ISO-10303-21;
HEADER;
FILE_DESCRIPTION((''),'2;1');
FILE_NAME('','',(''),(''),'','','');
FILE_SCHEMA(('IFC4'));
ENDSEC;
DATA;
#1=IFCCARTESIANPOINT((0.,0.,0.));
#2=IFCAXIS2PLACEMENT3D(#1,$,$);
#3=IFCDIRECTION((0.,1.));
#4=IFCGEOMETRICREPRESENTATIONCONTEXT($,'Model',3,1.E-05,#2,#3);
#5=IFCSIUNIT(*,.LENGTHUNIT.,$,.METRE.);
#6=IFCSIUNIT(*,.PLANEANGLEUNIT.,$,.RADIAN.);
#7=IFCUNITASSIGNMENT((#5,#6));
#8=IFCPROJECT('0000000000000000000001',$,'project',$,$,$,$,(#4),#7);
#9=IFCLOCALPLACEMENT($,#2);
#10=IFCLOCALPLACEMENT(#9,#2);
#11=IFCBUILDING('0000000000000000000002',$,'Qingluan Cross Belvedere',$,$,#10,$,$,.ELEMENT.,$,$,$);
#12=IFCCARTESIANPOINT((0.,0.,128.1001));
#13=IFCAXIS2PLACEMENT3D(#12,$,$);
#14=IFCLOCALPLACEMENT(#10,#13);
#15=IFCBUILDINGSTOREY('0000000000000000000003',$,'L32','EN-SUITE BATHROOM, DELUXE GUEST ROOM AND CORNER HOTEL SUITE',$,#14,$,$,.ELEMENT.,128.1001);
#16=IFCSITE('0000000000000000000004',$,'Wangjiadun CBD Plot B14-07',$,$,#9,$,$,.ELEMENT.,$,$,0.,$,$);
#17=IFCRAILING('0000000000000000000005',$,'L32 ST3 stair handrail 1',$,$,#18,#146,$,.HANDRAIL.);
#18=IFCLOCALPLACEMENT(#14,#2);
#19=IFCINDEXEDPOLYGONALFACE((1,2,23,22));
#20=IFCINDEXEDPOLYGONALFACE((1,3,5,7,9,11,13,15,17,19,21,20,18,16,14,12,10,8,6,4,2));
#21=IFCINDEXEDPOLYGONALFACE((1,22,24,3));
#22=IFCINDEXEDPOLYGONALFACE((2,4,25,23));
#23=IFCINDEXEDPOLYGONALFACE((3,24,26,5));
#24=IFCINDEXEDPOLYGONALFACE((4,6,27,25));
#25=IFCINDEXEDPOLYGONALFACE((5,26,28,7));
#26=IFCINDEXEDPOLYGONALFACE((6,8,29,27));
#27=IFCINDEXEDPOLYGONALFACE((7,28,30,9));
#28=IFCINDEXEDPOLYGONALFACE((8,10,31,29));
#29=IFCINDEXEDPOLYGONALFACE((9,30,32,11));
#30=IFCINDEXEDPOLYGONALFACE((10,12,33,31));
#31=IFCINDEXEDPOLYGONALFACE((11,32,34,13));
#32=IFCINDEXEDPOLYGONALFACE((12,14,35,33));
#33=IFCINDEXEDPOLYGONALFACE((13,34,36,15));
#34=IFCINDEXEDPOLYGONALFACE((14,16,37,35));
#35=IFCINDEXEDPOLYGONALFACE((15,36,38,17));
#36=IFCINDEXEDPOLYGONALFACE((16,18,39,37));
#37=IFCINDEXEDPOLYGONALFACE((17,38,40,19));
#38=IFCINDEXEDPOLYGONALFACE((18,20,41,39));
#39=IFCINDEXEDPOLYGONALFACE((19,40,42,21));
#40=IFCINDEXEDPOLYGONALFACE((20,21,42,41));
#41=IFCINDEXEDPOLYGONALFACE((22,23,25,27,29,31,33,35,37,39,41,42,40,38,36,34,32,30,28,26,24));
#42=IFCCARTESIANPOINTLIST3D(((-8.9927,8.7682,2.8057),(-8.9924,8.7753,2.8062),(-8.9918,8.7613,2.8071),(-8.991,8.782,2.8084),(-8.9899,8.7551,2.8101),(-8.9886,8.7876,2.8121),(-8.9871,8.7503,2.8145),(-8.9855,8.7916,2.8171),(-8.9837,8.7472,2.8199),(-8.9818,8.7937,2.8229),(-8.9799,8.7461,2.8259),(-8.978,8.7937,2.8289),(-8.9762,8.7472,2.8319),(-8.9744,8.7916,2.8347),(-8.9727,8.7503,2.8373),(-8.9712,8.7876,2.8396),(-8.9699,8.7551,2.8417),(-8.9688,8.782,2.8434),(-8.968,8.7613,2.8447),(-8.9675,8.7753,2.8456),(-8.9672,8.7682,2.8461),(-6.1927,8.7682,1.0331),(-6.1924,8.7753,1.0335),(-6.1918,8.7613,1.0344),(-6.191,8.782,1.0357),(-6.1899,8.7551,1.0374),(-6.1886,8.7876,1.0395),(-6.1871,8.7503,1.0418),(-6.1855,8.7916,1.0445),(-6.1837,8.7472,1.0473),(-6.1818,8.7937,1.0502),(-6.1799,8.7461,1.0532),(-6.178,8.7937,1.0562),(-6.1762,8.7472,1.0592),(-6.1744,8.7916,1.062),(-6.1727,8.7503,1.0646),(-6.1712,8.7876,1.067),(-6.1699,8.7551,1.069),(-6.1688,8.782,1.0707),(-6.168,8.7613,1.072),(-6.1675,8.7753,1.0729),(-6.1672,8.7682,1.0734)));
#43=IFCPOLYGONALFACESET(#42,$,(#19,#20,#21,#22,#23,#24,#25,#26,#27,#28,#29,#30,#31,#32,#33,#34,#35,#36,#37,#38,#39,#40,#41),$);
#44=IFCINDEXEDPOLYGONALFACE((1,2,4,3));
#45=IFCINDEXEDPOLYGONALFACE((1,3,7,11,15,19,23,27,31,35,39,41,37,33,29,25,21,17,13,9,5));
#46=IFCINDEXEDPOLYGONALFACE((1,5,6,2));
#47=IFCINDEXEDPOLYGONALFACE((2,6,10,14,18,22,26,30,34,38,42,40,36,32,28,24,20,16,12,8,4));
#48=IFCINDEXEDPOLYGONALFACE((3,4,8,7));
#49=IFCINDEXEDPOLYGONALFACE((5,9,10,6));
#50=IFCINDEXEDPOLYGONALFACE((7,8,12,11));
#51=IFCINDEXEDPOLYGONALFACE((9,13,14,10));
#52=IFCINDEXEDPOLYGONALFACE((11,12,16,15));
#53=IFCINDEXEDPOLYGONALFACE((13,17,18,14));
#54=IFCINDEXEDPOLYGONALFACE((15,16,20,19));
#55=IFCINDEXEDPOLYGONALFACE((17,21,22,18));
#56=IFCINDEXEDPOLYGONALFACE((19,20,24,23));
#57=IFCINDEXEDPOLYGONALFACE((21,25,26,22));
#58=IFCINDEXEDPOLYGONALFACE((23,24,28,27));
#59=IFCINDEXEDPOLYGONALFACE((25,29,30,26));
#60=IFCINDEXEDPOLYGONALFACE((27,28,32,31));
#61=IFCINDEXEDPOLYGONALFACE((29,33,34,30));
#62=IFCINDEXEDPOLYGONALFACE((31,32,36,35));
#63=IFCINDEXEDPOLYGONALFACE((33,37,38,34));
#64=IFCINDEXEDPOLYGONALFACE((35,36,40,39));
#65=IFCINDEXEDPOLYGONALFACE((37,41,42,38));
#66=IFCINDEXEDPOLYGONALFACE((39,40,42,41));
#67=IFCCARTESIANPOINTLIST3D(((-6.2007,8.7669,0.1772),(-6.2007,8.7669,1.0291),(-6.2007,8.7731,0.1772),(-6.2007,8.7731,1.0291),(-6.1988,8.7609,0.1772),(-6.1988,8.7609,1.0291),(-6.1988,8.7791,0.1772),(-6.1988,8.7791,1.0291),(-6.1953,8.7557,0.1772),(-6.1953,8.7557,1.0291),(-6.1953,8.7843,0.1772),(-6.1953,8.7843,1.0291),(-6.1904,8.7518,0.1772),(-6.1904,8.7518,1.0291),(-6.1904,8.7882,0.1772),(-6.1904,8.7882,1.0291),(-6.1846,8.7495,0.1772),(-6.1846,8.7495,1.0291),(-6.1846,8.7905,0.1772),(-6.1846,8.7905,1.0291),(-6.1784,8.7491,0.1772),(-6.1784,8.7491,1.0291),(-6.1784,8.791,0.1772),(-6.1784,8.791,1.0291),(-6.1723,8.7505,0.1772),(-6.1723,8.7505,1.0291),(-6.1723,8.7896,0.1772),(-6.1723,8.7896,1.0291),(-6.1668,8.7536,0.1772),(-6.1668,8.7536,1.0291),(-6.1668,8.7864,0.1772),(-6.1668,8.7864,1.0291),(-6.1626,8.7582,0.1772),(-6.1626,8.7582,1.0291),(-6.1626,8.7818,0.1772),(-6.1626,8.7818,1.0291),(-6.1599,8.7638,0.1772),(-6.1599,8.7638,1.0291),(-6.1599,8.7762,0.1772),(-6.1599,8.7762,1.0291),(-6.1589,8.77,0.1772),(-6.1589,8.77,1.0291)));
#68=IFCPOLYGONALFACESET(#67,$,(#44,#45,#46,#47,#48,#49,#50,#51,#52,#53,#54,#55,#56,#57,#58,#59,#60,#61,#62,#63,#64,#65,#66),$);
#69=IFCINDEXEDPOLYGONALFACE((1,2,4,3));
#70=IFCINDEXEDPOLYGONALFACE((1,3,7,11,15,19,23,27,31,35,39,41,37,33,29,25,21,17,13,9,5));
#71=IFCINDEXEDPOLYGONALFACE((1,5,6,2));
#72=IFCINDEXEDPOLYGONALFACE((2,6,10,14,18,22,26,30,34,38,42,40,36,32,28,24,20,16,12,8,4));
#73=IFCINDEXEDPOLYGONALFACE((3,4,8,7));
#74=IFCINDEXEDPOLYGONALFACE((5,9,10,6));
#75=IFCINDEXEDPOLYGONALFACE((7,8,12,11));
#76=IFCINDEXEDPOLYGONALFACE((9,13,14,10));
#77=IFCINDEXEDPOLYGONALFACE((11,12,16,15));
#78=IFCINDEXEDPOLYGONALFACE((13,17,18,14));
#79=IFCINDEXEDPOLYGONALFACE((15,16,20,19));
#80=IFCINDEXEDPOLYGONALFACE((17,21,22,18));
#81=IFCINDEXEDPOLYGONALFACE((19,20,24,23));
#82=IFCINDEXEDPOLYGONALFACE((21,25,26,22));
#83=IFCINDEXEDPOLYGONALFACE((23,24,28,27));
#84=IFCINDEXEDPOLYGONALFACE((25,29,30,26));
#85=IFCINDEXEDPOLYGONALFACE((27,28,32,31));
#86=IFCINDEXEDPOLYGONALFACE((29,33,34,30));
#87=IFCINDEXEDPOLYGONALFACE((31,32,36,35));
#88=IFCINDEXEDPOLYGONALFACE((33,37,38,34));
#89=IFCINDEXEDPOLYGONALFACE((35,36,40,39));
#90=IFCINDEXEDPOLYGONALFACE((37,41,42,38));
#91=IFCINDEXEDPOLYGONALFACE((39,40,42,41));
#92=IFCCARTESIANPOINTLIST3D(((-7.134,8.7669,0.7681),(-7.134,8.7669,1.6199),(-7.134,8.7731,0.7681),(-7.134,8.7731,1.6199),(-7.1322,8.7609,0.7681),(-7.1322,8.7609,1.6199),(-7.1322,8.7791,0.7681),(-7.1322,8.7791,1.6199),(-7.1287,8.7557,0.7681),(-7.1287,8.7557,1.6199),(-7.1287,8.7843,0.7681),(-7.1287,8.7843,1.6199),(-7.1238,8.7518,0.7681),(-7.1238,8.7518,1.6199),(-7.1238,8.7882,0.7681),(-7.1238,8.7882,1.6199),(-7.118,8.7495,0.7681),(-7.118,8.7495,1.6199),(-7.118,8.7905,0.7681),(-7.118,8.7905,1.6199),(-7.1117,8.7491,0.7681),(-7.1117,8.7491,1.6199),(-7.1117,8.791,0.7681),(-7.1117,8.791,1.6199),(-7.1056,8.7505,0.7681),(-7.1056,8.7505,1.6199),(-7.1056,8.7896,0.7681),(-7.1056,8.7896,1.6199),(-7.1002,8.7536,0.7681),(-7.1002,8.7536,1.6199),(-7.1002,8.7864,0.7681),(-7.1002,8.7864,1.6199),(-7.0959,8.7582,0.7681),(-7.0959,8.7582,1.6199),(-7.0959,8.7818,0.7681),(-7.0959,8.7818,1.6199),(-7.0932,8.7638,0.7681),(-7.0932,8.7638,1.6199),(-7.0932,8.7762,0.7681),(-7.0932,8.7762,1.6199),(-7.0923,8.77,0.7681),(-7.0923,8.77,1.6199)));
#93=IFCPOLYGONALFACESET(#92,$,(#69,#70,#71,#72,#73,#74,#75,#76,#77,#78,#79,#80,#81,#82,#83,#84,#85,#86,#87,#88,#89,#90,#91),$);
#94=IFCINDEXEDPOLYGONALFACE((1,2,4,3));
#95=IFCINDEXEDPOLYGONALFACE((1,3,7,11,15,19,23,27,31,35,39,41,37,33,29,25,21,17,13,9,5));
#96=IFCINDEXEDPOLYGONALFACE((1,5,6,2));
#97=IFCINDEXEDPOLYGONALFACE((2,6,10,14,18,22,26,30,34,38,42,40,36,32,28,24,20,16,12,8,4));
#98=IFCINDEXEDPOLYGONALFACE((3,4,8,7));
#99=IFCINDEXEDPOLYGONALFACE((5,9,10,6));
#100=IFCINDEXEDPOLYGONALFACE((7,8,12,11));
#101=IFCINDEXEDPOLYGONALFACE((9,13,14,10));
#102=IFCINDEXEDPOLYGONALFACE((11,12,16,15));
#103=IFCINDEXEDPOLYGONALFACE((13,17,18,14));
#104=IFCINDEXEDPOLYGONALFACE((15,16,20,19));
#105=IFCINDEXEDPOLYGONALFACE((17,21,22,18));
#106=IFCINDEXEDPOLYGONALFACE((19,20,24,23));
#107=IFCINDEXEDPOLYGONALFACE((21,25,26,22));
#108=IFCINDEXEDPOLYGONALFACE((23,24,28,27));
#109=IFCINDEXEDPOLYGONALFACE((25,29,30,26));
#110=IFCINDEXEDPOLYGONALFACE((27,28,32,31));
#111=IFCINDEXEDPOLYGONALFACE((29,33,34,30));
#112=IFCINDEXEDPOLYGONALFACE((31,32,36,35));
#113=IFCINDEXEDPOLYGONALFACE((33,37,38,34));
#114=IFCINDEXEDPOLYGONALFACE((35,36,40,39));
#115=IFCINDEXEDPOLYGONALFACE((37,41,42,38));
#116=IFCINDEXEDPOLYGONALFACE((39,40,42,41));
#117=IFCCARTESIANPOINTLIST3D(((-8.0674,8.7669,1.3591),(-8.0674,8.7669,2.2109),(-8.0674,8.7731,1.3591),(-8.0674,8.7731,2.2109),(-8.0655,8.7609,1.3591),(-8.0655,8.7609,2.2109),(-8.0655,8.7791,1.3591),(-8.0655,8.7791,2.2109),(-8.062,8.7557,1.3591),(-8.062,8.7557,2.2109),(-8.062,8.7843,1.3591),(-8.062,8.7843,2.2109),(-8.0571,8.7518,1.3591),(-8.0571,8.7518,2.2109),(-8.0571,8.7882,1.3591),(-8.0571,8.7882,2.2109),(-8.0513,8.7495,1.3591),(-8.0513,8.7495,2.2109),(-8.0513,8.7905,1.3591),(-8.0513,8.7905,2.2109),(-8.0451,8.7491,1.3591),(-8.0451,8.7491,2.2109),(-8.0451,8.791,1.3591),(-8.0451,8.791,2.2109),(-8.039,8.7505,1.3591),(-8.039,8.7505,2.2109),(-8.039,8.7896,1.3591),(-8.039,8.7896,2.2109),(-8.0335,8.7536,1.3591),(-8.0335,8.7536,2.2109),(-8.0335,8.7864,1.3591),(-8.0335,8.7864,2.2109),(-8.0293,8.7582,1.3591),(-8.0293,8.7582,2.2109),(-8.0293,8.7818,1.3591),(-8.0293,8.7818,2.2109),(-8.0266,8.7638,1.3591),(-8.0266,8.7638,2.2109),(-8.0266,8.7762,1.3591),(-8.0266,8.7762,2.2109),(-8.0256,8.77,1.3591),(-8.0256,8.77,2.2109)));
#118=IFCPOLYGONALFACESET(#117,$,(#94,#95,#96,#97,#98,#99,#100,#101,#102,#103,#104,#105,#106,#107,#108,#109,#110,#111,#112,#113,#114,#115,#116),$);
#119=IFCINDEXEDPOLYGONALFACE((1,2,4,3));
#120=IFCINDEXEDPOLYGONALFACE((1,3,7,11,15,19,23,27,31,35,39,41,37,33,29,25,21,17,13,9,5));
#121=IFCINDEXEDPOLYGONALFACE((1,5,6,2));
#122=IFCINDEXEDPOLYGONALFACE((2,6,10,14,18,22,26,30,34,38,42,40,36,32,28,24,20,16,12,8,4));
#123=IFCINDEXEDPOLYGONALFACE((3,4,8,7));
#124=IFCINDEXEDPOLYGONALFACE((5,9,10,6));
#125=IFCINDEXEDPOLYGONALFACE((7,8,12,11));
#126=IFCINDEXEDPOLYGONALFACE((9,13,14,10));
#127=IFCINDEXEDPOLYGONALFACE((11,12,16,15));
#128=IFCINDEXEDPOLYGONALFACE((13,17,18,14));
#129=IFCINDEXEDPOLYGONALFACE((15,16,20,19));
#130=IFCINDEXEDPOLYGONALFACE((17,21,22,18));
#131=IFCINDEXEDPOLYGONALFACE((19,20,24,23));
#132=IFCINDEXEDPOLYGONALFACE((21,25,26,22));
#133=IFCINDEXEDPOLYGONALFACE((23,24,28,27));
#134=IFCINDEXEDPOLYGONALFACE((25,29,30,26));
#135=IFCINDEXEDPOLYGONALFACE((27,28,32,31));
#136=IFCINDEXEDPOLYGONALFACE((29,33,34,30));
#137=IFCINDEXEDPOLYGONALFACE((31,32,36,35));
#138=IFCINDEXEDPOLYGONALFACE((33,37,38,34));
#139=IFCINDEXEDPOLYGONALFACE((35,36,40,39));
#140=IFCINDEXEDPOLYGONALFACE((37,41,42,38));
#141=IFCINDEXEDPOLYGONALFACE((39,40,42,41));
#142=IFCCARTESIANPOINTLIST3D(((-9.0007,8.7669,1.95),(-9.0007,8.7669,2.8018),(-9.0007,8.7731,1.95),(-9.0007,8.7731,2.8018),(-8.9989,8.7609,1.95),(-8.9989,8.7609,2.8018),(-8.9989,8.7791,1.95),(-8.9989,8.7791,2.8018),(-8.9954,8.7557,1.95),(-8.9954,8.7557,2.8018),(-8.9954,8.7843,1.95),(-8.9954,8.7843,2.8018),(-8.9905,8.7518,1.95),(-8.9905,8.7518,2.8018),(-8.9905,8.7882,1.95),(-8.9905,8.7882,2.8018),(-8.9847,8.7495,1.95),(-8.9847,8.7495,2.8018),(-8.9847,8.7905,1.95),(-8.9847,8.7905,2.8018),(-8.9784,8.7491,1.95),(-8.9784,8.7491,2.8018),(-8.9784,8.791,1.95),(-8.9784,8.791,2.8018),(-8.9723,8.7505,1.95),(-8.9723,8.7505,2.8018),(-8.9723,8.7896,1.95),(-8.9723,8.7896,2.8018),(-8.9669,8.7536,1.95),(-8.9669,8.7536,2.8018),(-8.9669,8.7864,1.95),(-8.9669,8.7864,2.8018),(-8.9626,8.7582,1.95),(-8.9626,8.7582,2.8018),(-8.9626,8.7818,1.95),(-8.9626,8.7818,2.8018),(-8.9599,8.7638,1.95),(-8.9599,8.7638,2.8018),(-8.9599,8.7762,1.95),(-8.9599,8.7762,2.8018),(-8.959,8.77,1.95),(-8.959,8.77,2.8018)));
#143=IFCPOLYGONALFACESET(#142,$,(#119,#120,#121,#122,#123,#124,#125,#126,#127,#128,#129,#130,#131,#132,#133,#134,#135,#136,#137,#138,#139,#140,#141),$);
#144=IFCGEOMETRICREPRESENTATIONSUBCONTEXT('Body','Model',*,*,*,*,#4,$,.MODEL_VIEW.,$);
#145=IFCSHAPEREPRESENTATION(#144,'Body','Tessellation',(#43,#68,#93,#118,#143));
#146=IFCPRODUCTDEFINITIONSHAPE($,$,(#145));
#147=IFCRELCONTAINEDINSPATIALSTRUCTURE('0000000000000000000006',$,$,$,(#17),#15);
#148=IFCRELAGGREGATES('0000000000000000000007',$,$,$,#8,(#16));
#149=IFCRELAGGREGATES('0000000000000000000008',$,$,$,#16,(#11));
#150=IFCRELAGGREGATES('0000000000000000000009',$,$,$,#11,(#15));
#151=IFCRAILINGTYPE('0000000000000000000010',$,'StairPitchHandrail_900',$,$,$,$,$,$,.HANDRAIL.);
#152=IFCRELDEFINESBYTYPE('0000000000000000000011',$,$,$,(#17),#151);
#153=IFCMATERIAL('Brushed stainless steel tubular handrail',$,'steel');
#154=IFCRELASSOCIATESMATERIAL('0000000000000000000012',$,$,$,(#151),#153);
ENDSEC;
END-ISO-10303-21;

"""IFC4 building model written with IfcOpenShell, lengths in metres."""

from ifc_helpers import new_model, si_unit, direction, frame, origin, origin_2d, place, context, subcontext, project, spatial, circle, extrude, material, type_object, element, save


model = new_model("IFC4")

# Units and contexts
model_context = context("Model", 3, precision=1e-05, world=origin(), true_north=direction((0.0, 1.0)))
body_context = subcontext(model_context, "Body", "Model", "MODEL_VIEW")
ifc_project = project(units=[si_unit("LENGTHUNIT", "METRE"), si_unit("PLANEANGLEUNIT", "RADIAN")], contexts=[model_context])

# Site, building, storey
site_placement = place(None, origin())
site = spatial("IfcSite", under=ifc_project, at=site_placement, Name="Wangjiadun CBD Plot B14-07", CompositionType="ELEMENT", RefElevation=0.0)
building_placement = place(site_placement, origin())
building = spatial("IfcBuilding", under=site, at=building_placement, Name="Qingluan Cross Belvedere", CompositionType="ELEMENT")
storey_placement = place(building_placement, frame((0.0, 0.0, 128.1001)))
storey = spatial("IfcBuildingStorey", under=building, at=storey_placement, Name="L32", Description="EN-SUITE BATHROOM, DELUXE GUEST ROOM AND CORNER HOTEL SUITE", CompositionType="ELEMENT", Elevation=128.1001)

# Railing
ifc_material_1 = material(Name="Brushed stainless steel tubular handrail", Category="steel")
railing_type_1 = type_object("IfcRailingType", Name="StairPitchHandrail_900", PredefinedType="HANDRAIL", material=ifc_material_1)
railing_1_placement = place(storey_placement, frame((-6.1799, 8.77, 0.1772)))
element("IfcRailing", 1, at=railing_1_placement, inside=storey, type_object=railing_type_1, Name="L32 ST3 stair handrail 1", PredefinedType="HANDRAIL", context=body_context, shape_type="SweptSolid", body=[
    extrude(circle(Radius=0.0239, at=origin_2d()), frame((0.0, 0.0, 0.876), z_axis=(-0.844909, 0.0, 0.53491), x_axis=(0.0, -1.0, 0.0)), (0.0, 0.0, 1.0), 3.314),
    extrude(circle(Radius=0.021, at=origin_2d()), origin(), (0.0, 0.0, 1.0), 0.8518),
    extrude(circle(Radius=0.021, at=origin_2d()), frame((-0.9333, 0.0, 0.5908)), (0.0, 0.0, 1.0), 0.8518),
    extrude(circle(Radius=0.021, at=origin_2d()), frame((-1.8667, 0.0, 1.1819)), (0.0, 0.0, 1.0), 0.8518),
    extrude(circle(Radius=0.021, at=origin_2d()), frame((-2.8, 0.0, 1.7727)), (0.0, 0.0, 1.0), 0.8518),
])

save(model, "model.ifc")
